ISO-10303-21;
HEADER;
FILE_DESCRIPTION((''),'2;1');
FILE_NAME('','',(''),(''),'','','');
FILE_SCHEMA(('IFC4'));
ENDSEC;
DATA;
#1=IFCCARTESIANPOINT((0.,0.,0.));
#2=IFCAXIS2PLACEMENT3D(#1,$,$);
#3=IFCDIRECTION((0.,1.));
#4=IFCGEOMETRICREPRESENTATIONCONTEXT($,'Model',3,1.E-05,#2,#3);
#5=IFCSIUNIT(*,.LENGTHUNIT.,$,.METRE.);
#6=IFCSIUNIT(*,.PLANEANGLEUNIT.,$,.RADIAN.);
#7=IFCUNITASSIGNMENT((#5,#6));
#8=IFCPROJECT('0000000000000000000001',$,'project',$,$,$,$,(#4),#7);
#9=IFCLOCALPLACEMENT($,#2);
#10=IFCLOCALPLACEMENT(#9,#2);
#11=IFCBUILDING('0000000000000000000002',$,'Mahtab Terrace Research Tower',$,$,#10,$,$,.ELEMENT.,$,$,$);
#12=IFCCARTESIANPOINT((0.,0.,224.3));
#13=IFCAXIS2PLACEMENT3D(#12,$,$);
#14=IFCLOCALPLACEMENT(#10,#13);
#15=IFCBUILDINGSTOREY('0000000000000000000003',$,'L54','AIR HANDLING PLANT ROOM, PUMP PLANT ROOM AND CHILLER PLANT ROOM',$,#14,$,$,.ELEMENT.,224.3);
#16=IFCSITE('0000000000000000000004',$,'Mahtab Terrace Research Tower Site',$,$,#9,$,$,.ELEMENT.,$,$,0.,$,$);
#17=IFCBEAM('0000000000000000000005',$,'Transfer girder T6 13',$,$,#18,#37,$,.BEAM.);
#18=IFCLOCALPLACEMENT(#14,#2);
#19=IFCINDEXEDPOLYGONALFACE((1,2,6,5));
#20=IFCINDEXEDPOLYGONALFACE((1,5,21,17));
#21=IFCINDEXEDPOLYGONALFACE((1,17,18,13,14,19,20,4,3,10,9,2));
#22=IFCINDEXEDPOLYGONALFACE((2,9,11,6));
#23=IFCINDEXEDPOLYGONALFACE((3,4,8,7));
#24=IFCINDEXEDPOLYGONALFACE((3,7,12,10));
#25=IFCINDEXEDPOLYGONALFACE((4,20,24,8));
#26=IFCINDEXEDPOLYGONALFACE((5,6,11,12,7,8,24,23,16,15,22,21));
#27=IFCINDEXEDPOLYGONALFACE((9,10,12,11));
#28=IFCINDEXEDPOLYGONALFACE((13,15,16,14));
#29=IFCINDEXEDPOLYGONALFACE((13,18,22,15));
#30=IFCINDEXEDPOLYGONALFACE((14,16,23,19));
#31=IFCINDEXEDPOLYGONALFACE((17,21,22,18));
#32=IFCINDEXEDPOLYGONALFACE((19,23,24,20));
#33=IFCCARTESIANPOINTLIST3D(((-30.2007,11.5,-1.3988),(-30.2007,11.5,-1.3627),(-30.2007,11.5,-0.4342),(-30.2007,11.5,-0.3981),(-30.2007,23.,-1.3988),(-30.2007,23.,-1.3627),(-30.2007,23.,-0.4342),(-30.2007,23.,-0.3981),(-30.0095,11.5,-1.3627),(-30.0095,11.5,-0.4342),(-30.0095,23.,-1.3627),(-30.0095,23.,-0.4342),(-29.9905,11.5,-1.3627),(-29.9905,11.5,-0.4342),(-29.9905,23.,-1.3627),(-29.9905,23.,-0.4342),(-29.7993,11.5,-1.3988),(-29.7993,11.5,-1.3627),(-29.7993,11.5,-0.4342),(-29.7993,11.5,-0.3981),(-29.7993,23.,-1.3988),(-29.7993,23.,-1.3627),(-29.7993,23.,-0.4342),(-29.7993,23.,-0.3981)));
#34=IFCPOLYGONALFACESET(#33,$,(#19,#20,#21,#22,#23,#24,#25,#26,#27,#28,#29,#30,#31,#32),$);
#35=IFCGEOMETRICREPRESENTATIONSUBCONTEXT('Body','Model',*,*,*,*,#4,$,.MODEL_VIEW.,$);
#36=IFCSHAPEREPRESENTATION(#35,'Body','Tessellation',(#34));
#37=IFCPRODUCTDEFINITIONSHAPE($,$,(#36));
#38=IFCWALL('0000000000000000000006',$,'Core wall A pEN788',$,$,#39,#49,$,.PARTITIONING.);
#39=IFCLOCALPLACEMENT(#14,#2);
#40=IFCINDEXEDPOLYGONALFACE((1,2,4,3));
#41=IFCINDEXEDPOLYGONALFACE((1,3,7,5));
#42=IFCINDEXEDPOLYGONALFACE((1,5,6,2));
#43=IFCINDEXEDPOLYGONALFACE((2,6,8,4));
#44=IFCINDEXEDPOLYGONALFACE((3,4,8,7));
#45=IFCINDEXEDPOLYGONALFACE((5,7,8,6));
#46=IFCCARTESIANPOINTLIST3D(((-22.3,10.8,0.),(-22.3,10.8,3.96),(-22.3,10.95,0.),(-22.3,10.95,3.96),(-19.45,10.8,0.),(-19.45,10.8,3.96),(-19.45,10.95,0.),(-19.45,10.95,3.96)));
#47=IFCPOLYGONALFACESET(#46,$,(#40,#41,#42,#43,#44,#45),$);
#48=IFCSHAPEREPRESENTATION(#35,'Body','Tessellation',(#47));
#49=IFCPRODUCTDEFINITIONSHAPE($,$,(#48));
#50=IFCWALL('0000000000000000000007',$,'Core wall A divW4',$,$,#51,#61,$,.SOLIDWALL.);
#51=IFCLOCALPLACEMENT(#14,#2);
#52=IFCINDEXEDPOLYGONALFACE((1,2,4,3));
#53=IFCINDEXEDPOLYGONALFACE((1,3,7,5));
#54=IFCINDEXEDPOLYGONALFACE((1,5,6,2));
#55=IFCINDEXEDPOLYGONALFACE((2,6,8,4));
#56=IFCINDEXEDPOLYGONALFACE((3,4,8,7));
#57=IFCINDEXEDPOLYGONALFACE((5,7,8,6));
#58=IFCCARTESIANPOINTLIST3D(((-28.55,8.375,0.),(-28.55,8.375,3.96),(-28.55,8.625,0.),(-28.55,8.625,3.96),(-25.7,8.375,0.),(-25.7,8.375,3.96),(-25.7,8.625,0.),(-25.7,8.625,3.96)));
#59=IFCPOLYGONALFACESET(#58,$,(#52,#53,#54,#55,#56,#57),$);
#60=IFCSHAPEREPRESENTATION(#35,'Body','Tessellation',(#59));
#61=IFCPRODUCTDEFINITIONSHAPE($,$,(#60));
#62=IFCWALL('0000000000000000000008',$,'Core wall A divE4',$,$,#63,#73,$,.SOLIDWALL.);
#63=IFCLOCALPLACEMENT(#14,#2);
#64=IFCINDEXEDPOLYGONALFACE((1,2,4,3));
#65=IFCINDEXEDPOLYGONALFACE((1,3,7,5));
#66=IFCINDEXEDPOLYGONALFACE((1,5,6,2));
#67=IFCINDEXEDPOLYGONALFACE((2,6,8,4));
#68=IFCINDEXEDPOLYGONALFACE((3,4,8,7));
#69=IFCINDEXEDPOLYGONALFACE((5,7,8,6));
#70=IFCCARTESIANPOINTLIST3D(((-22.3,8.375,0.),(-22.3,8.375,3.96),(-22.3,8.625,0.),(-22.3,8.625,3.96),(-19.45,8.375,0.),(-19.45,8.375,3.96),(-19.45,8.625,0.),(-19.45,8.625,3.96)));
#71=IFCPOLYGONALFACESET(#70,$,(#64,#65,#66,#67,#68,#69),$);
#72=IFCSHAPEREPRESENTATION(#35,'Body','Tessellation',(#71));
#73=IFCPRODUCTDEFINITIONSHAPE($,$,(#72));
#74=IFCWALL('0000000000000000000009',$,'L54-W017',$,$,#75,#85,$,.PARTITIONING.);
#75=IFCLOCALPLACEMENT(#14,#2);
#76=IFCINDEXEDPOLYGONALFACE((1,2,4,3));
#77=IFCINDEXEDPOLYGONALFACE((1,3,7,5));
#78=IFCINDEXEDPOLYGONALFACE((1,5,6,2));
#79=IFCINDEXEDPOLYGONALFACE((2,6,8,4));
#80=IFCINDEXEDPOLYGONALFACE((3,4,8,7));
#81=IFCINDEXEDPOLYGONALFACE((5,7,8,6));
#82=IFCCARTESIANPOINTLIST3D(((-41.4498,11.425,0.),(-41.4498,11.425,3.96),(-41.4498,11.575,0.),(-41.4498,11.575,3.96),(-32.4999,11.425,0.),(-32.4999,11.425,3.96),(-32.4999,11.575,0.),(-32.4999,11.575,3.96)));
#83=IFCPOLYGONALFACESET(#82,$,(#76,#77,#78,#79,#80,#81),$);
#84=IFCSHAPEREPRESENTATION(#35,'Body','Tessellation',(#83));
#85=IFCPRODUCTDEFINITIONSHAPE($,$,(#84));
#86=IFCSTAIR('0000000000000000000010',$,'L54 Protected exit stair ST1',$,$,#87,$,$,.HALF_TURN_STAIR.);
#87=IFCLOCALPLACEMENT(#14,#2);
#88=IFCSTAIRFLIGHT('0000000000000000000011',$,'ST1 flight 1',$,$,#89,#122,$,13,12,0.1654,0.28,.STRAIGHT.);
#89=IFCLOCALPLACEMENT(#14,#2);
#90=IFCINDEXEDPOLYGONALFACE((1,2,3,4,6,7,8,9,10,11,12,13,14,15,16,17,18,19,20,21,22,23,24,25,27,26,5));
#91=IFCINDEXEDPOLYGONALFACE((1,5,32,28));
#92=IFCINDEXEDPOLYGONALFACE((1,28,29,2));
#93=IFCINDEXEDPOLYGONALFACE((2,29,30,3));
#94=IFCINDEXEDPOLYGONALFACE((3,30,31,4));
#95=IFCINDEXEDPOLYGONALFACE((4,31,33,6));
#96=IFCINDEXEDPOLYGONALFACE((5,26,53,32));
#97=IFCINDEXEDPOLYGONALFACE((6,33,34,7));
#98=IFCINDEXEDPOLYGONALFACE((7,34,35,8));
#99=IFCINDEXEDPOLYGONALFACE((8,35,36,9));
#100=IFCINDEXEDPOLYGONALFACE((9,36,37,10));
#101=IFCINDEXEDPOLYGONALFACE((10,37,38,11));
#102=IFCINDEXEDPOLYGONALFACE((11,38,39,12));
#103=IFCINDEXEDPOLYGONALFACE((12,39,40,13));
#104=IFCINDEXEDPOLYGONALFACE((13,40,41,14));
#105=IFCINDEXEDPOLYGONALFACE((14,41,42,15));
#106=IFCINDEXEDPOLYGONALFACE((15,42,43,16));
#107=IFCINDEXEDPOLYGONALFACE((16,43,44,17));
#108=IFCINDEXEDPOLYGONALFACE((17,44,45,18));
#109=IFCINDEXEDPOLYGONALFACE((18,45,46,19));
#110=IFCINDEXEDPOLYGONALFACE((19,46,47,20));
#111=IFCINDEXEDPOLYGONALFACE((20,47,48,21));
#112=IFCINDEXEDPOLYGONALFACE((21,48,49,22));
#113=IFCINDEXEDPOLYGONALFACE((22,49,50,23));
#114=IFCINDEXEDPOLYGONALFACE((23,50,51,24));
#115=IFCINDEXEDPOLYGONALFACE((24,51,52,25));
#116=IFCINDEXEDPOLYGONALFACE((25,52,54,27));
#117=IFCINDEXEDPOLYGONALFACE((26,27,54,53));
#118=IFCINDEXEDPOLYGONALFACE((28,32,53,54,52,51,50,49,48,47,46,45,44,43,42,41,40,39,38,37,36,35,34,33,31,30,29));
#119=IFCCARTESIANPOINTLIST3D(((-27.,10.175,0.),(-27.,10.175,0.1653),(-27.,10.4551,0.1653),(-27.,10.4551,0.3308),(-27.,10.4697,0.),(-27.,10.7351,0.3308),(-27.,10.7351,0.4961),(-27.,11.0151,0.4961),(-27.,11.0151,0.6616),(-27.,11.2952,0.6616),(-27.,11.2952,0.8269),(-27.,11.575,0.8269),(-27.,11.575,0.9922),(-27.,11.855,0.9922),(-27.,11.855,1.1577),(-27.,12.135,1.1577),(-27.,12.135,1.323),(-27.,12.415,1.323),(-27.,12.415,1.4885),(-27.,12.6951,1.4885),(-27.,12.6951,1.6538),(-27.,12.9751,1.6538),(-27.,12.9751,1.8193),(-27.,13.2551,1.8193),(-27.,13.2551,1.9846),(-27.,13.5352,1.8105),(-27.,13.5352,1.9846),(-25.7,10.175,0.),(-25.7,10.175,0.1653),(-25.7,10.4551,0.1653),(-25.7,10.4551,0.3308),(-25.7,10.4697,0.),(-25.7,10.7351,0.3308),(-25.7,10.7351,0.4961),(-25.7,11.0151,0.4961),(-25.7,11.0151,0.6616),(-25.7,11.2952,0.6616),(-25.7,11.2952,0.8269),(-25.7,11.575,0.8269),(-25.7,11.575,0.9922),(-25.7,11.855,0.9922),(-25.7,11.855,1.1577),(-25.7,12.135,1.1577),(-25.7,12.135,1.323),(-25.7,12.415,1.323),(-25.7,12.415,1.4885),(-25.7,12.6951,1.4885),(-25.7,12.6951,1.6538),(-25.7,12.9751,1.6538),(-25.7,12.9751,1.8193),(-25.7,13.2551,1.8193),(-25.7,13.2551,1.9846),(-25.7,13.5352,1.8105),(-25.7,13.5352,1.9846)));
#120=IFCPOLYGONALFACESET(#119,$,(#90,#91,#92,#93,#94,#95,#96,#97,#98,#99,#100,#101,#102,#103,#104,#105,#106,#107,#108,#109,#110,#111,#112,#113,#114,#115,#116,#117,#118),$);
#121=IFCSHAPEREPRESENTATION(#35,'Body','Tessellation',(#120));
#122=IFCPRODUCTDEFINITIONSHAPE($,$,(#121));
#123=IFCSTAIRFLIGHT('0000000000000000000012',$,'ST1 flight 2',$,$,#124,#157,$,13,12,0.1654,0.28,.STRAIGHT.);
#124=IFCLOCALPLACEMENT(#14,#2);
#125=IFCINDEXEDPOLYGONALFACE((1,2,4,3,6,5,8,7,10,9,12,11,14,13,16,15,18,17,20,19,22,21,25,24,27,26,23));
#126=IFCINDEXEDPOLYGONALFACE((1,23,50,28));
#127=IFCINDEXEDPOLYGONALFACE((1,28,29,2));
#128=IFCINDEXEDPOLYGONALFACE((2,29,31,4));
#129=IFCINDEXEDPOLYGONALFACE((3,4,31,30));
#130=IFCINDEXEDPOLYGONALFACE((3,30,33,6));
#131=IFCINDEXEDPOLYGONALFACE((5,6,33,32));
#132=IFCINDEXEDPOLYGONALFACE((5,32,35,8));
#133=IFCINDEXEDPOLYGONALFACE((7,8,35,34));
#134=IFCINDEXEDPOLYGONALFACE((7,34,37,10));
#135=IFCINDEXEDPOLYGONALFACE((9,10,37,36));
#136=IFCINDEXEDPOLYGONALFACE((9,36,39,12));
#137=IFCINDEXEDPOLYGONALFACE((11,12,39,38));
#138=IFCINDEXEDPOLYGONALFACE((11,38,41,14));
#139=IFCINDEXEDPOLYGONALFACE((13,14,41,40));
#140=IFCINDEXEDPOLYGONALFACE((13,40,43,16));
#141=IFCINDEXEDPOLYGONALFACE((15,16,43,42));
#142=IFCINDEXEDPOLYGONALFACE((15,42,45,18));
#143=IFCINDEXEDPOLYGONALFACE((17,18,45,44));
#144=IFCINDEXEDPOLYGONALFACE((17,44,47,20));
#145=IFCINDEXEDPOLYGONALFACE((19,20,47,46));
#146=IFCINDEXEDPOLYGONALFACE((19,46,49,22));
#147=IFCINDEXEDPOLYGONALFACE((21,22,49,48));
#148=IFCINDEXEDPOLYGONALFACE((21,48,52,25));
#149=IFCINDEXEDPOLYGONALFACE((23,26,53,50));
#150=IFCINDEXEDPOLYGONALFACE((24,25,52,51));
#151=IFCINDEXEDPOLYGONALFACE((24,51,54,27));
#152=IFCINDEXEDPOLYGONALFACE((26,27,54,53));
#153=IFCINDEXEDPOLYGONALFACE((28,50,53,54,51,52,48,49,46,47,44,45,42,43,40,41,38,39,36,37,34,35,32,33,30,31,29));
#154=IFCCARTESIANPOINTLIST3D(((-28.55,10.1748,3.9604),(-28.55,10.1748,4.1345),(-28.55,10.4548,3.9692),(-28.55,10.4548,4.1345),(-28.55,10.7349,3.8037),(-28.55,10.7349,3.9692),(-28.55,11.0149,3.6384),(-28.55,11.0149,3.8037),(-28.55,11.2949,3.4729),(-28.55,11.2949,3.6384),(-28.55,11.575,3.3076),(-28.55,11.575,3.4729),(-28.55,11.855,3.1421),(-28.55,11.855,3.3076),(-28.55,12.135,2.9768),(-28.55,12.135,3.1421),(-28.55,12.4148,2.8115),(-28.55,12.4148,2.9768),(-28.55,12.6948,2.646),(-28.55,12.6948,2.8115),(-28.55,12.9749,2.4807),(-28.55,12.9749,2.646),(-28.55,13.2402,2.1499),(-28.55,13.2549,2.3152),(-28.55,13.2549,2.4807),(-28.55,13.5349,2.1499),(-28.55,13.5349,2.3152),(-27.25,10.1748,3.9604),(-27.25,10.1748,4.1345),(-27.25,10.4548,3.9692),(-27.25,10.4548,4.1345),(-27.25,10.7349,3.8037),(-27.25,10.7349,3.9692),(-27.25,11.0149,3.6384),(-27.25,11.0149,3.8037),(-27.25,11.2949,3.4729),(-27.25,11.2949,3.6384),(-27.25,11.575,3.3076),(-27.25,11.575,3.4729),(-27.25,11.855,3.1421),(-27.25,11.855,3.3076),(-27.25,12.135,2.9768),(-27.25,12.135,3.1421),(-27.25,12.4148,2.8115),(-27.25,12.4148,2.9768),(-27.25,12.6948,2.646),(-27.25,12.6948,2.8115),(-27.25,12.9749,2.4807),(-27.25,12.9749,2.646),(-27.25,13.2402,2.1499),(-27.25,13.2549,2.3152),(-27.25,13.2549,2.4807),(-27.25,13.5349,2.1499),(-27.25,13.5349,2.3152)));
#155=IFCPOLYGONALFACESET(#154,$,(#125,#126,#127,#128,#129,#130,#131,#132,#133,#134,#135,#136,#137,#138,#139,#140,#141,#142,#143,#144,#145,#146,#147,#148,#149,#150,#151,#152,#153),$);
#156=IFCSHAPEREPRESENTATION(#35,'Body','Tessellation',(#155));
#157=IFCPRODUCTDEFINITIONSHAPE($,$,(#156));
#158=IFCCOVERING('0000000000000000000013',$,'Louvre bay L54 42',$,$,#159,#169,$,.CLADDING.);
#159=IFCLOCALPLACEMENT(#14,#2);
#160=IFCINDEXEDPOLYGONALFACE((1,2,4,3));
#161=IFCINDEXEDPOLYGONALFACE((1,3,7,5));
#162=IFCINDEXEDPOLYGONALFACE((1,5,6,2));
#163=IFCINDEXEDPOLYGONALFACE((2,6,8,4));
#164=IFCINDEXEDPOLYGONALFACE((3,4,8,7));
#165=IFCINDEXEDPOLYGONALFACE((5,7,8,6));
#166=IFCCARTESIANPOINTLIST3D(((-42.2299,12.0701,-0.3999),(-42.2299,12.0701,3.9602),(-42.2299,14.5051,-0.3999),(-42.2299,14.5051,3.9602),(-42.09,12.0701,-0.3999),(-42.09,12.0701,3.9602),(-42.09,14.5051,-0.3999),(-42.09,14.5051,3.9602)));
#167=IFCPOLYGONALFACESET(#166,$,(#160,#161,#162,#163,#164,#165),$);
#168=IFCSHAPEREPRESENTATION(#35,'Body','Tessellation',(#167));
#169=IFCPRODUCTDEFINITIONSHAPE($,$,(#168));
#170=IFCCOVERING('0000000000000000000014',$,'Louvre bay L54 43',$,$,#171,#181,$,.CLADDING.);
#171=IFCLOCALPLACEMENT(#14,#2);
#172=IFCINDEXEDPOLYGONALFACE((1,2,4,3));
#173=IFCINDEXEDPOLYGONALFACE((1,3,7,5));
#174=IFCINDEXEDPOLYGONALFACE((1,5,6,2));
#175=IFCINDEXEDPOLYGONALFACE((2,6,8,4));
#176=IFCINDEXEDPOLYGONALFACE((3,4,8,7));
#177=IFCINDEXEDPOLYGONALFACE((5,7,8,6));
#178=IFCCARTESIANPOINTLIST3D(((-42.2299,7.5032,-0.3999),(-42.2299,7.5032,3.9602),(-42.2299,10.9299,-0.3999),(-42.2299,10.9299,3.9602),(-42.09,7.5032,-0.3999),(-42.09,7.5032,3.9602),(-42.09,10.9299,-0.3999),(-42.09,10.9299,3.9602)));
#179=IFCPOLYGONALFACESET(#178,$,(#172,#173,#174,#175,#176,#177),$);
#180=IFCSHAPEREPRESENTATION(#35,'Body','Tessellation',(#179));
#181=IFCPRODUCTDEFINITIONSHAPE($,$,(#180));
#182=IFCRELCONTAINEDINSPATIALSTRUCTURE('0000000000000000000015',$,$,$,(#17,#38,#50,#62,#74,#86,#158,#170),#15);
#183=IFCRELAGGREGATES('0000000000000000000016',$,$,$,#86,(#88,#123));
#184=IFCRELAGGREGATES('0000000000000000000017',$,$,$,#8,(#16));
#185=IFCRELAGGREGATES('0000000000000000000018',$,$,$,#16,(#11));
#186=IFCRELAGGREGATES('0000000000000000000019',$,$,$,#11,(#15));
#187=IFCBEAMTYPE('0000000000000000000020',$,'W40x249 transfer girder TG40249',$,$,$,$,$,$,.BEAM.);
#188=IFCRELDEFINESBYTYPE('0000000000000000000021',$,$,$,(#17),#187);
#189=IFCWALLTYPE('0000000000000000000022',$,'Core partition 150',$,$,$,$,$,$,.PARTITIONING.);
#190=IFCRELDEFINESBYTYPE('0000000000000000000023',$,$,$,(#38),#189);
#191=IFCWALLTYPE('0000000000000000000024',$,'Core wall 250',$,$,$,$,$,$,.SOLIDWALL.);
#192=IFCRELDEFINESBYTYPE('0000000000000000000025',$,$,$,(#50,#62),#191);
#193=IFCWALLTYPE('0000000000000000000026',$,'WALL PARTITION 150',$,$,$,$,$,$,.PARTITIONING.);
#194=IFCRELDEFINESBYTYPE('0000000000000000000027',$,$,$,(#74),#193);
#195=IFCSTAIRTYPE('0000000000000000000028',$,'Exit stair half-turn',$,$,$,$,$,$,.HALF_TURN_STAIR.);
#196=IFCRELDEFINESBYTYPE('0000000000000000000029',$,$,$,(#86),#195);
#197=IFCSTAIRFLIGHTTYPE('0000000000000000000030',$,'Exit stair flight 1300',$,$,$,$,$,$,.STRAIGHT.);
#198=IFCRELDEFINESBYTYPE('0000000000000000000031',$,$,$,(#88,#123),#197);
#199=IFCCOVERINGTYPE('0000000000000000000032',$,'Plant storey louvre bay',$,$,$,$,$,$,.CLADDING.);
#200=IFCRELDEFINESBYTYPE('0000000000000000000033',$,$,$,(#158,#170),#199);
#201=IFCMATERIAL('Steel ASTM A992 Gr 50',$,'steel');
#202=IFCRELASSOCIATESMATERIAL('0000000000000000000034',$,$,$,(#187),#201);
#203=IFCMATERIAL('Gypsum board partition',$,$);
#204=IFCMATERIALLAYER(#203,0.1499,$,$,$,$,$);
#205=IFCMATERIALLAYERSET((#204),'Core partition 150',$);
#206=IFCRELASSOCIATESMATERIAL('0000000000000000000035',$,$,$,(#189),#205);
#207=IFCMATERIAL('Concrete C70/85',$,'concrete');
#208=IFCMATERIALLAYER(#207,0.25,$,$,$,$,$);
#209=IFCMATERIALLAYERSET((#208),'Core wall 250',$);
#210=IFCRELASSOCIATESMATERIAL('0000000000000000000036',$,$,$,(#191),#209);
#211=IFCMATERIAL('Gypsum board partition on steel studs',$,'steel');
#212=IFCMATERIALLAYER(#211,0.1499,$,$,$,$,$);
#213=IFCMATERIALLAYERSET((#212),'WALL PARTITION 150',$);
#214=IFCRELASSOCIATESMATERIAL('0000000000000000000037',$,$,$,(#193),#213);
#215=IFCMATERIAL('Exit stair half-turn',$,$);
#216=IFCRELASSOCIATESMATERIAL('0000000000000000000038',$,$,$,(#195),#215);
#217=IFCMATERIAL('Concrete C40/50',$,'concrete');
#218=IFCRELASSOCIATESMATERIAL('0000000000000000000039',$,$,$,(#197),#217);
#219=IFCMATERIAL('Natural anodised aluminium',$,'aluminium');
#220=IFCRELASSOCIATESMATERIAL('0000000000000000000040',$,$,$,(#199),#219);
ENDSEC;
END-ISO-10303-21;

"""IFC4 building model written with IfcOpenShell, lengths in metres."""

from ifc_helpers import new_model, si_unit, direction, frame, frame_2d, origin, origin_2d, place, context, subcontext, project, spatial, polyline, rectangle, i_section, outline, extrude, material, layer, layer_set, material_profile, profile_set, type_object, element, aggregate, save


model = new_model("IFC4")

# Units and contexts
model_context = context("Model", 3, precision=1e-05, world=origin(), true_north=direction((0.0, 1.0)))
body_context = subcontext(model_context, "Body", "Model", "MODEL_VIEW")
ifc_project = project(units=[si_unit("LENGTHUNIT", "METRE"), si_unit("PLANEANGLEUNIT", "RADIAN")], contexts=[model_context])

# Site, building, storey
site_placement = place(None, origin())
site = spatial("IfcSite", under=ifc_project, at=site_placement, Name="Mahtab Terrace Research Tower Site", CompositionType="ELEMENT", RefElevation=0.0)
building_placement = place(site_placement, origin())
building = spatial("IfcBuilding", under=site, at=building_placement, Name="Mahtab Terrace Research Tower", CompositionType="ELEMENT")
storey_placement = place(building_placement, frame((0.0, 0.0, 224.3)))
storey = spatial("IfcBuildingStorey", under=building, at=storey_placement, Name="L54", Description="AIR HANDLING PLANT ROOM, PUMP PLANT ROOM AND CHILLER PLANT ROOM", CompositionType="ELEMENT", Elevation=224.3)

# Shared definitions
ifc_material_1 = material(Name="Concrete C70/85", Category="concrete")

# Shared definitions
ifc_material_2 = material(Name="Steel ASTM A992 Gr 50", Category="steel")

# Beam
ifc_material_profile_1 = material_profile(ifc_material_2, i_section(OverallWidth=0.4014, OverallDepth=1.0007, WebThickness=0.019, FlangeThickness=0.0361, at=origin_2d()), Name="W40X249")
ifc_profile_set_1 = profile_set([ifc_material_profile_1], Name="Steel ASTM A992 Gr 50")
beam_type = type_object("IfcBeamType", Name="W40x249 transfer girder TG40249", PredefinedType="BEAM", material=ifc_profile_set_1)
beam_placement = place(storey_placement, frame((-30.0, 11.5, -0.8984), z_axis=(0.0, 1.0, 0.0), x_axis=(-1.0, 0.0, 0.0)))
element("IfcBeam", 1, at=beam_placement, inside=storey, type_object=beam_type, Name="Transfer girder T6 13", PredefinedType="BEAM", context=body_context, shape_type="SweptSolid", body=[
    extrude(i_section(OverallWidth=0.4014, OverallDepth=1.0007, WebThickness=0.019, FlangeThickness=0.0361, at=origin_2d()), origin(), (0.0, 0.0, 1.0), 11.5),
])

# Walls
ifc_material_3 = material(Name="Gypsum board partition")
ifc_layer_1 = layer(ifc_material_3, 0.1499)
ifc_layer_set_1 = layer_set([ifc_layer_1], Name="Core partition 150")
wall_type_1 = type_object("IfcWallType", Name="Core partition 150", PredefinedType="PARTITIONING", material=ifc_layer_set_1)
wall_1_placement = place(storey_placement, frame((-22.3, 10.875, 0.0), z_axis=(0.0, 0.0, 1.0), x_axis=(1.0, 0.0, 0.0)))
element("IfcWall", 2, at=wall_1_placement, inside=storey, type_object=wall_type_1, Name="Core wall A pEN788", PredefinedType="PARTITIONING", context=body_context, shape_type="SweptSolid", body=[
    extrude(rectangle(XDim=2.8501, YDim=0.1499, at=frame_2d((1.425, 0.0))), origin(), (0.0, 0.0, 1.0), 3.96),
])
ifc_layer_2 = layer(ifc_material_1, 0.25)
ifc_layer_set_2 = layer_set([ifc_layer_2], Name="Core wall 250")
wall_type_2 = type_object("IfcWallType", Name="Core wall 250", PredefinedType="SOLIDWALL", material=ifc_layer_set_2)
for number, where, z_axis, x_axis, name in (
    (3, (-28.55, 8.5, 0.0), (0.0, 0.0, 1.0), (1.0, 0.0, 0.0), "Core wall A divW4"),
    (4, (-22.3, 8.5, 0.0), (0.0, 0.0, 1.0), (1.0, 0.0, 0.0), "Core wall A divE4"),
):
    element("IfcWall", number, at=place(storey_placement, frame(where, z_axis=z_axis, x_axis=x_axis)), inside=storey, type_object=wall_type_2, Name=name, PredefinedType="SOLIDWALL", context=body_context, shape_type="SweptSolid", body=[
        extrude(rectangle(XDim=2.8501, YDim=0.25, at=frame_2d((1.425, 0.0))), origin(), (0.0, 0.0, 1.0), 3.96),
    ])
ifc_material_4 = material(Name="Gypsum board partition on steel studs", Category="steel")
ifc_layer_3 = layer(ifc_material_4, 0.1499)
ifc_layer_set_3 = layer_set([ifc_layer_3], Name="WALL PARTITION 150")
wall_type_3 = type_object("IfcWallType", Name="WALL PARTITION 150", PredefinedType="PARTITIONING", material=ifc_layer_set_3)
wall_2_placement = place(storey_placement, frame((-41.45, 11.5, 0.0), z_axis=(0.0, 0.0, 1.0), x_axis=(1.0, 0.0, 0.0)))
element("IfcWall", 5, at=wall_2_placement, inside=storey, type_object=wall_type_3, Name="L54-W017", PredefinedType="PARTITIONING", context=body_context, shape_type="SweptSolid", body=[
    extrude(rectangle(XDim=8.95, YDim=0.1499, at=frame_2d((4.4751, 0.0))), origin(), (0.0, 0.0, 1.0), 3.96),
])

# Stair, stair flights
ifc_material_5 = material(Name="Exit stair half-turn")
stair_type = type_object("IfcStairType", Name="Exit stair half-turn", PredefinedType="HALF_TURN_STAIR", material=ifc_material_5)
stair_placement = place(storey_placement, origin())
stair = element("IfcStair", 6, at=stair_placement, inside=storey, type_object=stair_type, Name="L54 Protected exit stair ST1", PredefinedType="HALF_TURN_STAIR")
ifc_material_6 = material(Name="Concrete C40/50", Category="concrete")
stair_flight_type = type_object("IfcStairFlightType", Name="Exit stair flight 1300", PredefinedType="STRAIGHT", material=ifc_material_6)
stair_flight_1_placement = place(storey_placement, frame((-26.3501, 10.175, 0.0), z_axis=(0.0, 0.0, 1.0), x_axis=(0.0, 1.0, 0.0)))
stair_flight_1 = element("IfcStairFlight", 7, at=stair_flight_1_placement, type_object=stair_flight_type, Name="ST1 flight 1", NumberOfRisers=13, NumberOfTreads=12, PredefinedType="STRAIGHT", RiserHeight=0.1654, TreadLength=0.28, context=body_context, shape_type="SweptSolid", body=[
    extrude(outline(polyline([(0.0, 0.0), (0.0, 0.1653), (0.28, 0.1653), (0.28, 0.3308), (0.5601, 0.3308), (0.5601, 0.4961), (0.8401, 0.4961), (0.8401, 0.6616), (1.1201, 0.6616), (1.1201, 0.8269), (1.3999, 0.8269), (1.3999, 0.9922), (1.6799, 0.9922), (1.6799, 1.1577), (1.96, 1.1577), (1.96, 1.323), (2.24, 1.323), (2.24, 1.4885), (2.52, 1.4885), (2.52, 1.6538), (2.8, 1.6538), (2.8, 1.8193), (3.0801, 1.8193), (3.0801, 1.9846), (3.3601, 1.9846), (3.3601, 2.1499), (3.3601, 1.8105), (0.2947, 0.0), (0.0, 0.0)])), frame((0.0, 0.6499, 0.0), z_axis=(0.0, -1.0, 0.0), x_axis=(1.0, 0.0, 0.0)), (0.0, 0.0, 1.0), 1.3),
])
stair_flight_2_placement = place(storey_placement, frame((-27.8999, 13.5349, 2.1499), z_axis=(0.0, 0.0, 1.0), x_axis=(0.0, -1.0, 0.0)))
stair_flight_2 = element("IfcStairFlight", 8, at=stair_flight_2_placement, type_object=stair_flight_type, Name="ST1 flight 2", NumberOfRisers=13, NumberOfTreads=12, PredefinedType="STRAIGHT", RiserHeight=0.1654, TreadLength=0.28, context=body_context, shape_type="SweptSolid", body=[
    extrude(outline(polyline([(0.0, 0.0), (0.0, 0.1653), (0.28, 0.1653), (0.28, 0.3308), (0.5601, 0.3308), (0.5601, 0.4961), (0.8401, 0.4961), (0.8401, 0.6616), (1.1201, 0.6616), (1.1201, 0.8269), (1.3999, 0.8269), (1.3999, 0.9922), (1.6799, 0.9922), (1.6799, 1.1577), (1.96, 1.1577), (1.96, 1.323), (2.24, 1.323), (2.24, 1.4885), (2.52, 1.4885), (2.52, 1.6538), (2.8, 1.6538), (2.8, 1.8193), (3.0801, 1.8193), (3.0801, 1.9846), (3.3601, 1.9846), (3.3601, 2.1499), (3.3601, 1.8105), (0.2947, 0.0), (0.0, 0.0)])), frame((0.0, 0.6499, 0.0), z_axis=(0.0, -1.0, 0.0), x_axis=(1.0, 0.0, 0.0)), (0.0, 0.0, 1.0), 1.3),
])
aggregate(stair, [stair_flight_1, stair_flight_2])

# Coverings
ifc_material_7 = material(Name="Natural anodised aluminium", Category="aluminium")
covering_type = type_object("IfcCoveringType", Name="Plant storey louvre bay", PredefinedType="CLADDING", material=ifc_material_7)
covering_placement = place(storey_placement, frame((-42.1599, 13.2876, -0.3999), z_axis=(0.0, 0.0, 1.0), x_axis=(0.0, -1.0, 0.0)))
element("IfcCovering", 9, at=covering_placement, inside=storey, type_object=covering_type, Name="Louvre bay L54 42", PredefinedType="CLADDING", context=body_context, shape_type="SweptSolid", body=[
    extrude(rectangle(XDim=2.4351, YDim=0.1399, at=origin_2d()), origin(), (0.0, 0.0, 1.0), 4.3601),
])
for number, where, z_axis, x_axis, name in (
    (10, (-42.1599, 9.2166, -0.3999), (0.0, 0.0, 1.0), (0.0, -1.0, 0.0), "Louvre bay L54 43"),
):
    element("IfcCovering", number, at=place(storey_placement, frame(where, z_axis=z_axis, x_axis=x_axis)), inside=storey, type_object=covering_type, Name=name, PredefinedType="CLADDING", context=body_context, shape_type="SweptSolid", body=[
        extrude(rectangle(XDim=3.4268, YDim=0.1399, at=origin_2d()), origin(), (0.0, 0.0, 1.0), 4.3601),
    ])

save(model, "model.ifc")
